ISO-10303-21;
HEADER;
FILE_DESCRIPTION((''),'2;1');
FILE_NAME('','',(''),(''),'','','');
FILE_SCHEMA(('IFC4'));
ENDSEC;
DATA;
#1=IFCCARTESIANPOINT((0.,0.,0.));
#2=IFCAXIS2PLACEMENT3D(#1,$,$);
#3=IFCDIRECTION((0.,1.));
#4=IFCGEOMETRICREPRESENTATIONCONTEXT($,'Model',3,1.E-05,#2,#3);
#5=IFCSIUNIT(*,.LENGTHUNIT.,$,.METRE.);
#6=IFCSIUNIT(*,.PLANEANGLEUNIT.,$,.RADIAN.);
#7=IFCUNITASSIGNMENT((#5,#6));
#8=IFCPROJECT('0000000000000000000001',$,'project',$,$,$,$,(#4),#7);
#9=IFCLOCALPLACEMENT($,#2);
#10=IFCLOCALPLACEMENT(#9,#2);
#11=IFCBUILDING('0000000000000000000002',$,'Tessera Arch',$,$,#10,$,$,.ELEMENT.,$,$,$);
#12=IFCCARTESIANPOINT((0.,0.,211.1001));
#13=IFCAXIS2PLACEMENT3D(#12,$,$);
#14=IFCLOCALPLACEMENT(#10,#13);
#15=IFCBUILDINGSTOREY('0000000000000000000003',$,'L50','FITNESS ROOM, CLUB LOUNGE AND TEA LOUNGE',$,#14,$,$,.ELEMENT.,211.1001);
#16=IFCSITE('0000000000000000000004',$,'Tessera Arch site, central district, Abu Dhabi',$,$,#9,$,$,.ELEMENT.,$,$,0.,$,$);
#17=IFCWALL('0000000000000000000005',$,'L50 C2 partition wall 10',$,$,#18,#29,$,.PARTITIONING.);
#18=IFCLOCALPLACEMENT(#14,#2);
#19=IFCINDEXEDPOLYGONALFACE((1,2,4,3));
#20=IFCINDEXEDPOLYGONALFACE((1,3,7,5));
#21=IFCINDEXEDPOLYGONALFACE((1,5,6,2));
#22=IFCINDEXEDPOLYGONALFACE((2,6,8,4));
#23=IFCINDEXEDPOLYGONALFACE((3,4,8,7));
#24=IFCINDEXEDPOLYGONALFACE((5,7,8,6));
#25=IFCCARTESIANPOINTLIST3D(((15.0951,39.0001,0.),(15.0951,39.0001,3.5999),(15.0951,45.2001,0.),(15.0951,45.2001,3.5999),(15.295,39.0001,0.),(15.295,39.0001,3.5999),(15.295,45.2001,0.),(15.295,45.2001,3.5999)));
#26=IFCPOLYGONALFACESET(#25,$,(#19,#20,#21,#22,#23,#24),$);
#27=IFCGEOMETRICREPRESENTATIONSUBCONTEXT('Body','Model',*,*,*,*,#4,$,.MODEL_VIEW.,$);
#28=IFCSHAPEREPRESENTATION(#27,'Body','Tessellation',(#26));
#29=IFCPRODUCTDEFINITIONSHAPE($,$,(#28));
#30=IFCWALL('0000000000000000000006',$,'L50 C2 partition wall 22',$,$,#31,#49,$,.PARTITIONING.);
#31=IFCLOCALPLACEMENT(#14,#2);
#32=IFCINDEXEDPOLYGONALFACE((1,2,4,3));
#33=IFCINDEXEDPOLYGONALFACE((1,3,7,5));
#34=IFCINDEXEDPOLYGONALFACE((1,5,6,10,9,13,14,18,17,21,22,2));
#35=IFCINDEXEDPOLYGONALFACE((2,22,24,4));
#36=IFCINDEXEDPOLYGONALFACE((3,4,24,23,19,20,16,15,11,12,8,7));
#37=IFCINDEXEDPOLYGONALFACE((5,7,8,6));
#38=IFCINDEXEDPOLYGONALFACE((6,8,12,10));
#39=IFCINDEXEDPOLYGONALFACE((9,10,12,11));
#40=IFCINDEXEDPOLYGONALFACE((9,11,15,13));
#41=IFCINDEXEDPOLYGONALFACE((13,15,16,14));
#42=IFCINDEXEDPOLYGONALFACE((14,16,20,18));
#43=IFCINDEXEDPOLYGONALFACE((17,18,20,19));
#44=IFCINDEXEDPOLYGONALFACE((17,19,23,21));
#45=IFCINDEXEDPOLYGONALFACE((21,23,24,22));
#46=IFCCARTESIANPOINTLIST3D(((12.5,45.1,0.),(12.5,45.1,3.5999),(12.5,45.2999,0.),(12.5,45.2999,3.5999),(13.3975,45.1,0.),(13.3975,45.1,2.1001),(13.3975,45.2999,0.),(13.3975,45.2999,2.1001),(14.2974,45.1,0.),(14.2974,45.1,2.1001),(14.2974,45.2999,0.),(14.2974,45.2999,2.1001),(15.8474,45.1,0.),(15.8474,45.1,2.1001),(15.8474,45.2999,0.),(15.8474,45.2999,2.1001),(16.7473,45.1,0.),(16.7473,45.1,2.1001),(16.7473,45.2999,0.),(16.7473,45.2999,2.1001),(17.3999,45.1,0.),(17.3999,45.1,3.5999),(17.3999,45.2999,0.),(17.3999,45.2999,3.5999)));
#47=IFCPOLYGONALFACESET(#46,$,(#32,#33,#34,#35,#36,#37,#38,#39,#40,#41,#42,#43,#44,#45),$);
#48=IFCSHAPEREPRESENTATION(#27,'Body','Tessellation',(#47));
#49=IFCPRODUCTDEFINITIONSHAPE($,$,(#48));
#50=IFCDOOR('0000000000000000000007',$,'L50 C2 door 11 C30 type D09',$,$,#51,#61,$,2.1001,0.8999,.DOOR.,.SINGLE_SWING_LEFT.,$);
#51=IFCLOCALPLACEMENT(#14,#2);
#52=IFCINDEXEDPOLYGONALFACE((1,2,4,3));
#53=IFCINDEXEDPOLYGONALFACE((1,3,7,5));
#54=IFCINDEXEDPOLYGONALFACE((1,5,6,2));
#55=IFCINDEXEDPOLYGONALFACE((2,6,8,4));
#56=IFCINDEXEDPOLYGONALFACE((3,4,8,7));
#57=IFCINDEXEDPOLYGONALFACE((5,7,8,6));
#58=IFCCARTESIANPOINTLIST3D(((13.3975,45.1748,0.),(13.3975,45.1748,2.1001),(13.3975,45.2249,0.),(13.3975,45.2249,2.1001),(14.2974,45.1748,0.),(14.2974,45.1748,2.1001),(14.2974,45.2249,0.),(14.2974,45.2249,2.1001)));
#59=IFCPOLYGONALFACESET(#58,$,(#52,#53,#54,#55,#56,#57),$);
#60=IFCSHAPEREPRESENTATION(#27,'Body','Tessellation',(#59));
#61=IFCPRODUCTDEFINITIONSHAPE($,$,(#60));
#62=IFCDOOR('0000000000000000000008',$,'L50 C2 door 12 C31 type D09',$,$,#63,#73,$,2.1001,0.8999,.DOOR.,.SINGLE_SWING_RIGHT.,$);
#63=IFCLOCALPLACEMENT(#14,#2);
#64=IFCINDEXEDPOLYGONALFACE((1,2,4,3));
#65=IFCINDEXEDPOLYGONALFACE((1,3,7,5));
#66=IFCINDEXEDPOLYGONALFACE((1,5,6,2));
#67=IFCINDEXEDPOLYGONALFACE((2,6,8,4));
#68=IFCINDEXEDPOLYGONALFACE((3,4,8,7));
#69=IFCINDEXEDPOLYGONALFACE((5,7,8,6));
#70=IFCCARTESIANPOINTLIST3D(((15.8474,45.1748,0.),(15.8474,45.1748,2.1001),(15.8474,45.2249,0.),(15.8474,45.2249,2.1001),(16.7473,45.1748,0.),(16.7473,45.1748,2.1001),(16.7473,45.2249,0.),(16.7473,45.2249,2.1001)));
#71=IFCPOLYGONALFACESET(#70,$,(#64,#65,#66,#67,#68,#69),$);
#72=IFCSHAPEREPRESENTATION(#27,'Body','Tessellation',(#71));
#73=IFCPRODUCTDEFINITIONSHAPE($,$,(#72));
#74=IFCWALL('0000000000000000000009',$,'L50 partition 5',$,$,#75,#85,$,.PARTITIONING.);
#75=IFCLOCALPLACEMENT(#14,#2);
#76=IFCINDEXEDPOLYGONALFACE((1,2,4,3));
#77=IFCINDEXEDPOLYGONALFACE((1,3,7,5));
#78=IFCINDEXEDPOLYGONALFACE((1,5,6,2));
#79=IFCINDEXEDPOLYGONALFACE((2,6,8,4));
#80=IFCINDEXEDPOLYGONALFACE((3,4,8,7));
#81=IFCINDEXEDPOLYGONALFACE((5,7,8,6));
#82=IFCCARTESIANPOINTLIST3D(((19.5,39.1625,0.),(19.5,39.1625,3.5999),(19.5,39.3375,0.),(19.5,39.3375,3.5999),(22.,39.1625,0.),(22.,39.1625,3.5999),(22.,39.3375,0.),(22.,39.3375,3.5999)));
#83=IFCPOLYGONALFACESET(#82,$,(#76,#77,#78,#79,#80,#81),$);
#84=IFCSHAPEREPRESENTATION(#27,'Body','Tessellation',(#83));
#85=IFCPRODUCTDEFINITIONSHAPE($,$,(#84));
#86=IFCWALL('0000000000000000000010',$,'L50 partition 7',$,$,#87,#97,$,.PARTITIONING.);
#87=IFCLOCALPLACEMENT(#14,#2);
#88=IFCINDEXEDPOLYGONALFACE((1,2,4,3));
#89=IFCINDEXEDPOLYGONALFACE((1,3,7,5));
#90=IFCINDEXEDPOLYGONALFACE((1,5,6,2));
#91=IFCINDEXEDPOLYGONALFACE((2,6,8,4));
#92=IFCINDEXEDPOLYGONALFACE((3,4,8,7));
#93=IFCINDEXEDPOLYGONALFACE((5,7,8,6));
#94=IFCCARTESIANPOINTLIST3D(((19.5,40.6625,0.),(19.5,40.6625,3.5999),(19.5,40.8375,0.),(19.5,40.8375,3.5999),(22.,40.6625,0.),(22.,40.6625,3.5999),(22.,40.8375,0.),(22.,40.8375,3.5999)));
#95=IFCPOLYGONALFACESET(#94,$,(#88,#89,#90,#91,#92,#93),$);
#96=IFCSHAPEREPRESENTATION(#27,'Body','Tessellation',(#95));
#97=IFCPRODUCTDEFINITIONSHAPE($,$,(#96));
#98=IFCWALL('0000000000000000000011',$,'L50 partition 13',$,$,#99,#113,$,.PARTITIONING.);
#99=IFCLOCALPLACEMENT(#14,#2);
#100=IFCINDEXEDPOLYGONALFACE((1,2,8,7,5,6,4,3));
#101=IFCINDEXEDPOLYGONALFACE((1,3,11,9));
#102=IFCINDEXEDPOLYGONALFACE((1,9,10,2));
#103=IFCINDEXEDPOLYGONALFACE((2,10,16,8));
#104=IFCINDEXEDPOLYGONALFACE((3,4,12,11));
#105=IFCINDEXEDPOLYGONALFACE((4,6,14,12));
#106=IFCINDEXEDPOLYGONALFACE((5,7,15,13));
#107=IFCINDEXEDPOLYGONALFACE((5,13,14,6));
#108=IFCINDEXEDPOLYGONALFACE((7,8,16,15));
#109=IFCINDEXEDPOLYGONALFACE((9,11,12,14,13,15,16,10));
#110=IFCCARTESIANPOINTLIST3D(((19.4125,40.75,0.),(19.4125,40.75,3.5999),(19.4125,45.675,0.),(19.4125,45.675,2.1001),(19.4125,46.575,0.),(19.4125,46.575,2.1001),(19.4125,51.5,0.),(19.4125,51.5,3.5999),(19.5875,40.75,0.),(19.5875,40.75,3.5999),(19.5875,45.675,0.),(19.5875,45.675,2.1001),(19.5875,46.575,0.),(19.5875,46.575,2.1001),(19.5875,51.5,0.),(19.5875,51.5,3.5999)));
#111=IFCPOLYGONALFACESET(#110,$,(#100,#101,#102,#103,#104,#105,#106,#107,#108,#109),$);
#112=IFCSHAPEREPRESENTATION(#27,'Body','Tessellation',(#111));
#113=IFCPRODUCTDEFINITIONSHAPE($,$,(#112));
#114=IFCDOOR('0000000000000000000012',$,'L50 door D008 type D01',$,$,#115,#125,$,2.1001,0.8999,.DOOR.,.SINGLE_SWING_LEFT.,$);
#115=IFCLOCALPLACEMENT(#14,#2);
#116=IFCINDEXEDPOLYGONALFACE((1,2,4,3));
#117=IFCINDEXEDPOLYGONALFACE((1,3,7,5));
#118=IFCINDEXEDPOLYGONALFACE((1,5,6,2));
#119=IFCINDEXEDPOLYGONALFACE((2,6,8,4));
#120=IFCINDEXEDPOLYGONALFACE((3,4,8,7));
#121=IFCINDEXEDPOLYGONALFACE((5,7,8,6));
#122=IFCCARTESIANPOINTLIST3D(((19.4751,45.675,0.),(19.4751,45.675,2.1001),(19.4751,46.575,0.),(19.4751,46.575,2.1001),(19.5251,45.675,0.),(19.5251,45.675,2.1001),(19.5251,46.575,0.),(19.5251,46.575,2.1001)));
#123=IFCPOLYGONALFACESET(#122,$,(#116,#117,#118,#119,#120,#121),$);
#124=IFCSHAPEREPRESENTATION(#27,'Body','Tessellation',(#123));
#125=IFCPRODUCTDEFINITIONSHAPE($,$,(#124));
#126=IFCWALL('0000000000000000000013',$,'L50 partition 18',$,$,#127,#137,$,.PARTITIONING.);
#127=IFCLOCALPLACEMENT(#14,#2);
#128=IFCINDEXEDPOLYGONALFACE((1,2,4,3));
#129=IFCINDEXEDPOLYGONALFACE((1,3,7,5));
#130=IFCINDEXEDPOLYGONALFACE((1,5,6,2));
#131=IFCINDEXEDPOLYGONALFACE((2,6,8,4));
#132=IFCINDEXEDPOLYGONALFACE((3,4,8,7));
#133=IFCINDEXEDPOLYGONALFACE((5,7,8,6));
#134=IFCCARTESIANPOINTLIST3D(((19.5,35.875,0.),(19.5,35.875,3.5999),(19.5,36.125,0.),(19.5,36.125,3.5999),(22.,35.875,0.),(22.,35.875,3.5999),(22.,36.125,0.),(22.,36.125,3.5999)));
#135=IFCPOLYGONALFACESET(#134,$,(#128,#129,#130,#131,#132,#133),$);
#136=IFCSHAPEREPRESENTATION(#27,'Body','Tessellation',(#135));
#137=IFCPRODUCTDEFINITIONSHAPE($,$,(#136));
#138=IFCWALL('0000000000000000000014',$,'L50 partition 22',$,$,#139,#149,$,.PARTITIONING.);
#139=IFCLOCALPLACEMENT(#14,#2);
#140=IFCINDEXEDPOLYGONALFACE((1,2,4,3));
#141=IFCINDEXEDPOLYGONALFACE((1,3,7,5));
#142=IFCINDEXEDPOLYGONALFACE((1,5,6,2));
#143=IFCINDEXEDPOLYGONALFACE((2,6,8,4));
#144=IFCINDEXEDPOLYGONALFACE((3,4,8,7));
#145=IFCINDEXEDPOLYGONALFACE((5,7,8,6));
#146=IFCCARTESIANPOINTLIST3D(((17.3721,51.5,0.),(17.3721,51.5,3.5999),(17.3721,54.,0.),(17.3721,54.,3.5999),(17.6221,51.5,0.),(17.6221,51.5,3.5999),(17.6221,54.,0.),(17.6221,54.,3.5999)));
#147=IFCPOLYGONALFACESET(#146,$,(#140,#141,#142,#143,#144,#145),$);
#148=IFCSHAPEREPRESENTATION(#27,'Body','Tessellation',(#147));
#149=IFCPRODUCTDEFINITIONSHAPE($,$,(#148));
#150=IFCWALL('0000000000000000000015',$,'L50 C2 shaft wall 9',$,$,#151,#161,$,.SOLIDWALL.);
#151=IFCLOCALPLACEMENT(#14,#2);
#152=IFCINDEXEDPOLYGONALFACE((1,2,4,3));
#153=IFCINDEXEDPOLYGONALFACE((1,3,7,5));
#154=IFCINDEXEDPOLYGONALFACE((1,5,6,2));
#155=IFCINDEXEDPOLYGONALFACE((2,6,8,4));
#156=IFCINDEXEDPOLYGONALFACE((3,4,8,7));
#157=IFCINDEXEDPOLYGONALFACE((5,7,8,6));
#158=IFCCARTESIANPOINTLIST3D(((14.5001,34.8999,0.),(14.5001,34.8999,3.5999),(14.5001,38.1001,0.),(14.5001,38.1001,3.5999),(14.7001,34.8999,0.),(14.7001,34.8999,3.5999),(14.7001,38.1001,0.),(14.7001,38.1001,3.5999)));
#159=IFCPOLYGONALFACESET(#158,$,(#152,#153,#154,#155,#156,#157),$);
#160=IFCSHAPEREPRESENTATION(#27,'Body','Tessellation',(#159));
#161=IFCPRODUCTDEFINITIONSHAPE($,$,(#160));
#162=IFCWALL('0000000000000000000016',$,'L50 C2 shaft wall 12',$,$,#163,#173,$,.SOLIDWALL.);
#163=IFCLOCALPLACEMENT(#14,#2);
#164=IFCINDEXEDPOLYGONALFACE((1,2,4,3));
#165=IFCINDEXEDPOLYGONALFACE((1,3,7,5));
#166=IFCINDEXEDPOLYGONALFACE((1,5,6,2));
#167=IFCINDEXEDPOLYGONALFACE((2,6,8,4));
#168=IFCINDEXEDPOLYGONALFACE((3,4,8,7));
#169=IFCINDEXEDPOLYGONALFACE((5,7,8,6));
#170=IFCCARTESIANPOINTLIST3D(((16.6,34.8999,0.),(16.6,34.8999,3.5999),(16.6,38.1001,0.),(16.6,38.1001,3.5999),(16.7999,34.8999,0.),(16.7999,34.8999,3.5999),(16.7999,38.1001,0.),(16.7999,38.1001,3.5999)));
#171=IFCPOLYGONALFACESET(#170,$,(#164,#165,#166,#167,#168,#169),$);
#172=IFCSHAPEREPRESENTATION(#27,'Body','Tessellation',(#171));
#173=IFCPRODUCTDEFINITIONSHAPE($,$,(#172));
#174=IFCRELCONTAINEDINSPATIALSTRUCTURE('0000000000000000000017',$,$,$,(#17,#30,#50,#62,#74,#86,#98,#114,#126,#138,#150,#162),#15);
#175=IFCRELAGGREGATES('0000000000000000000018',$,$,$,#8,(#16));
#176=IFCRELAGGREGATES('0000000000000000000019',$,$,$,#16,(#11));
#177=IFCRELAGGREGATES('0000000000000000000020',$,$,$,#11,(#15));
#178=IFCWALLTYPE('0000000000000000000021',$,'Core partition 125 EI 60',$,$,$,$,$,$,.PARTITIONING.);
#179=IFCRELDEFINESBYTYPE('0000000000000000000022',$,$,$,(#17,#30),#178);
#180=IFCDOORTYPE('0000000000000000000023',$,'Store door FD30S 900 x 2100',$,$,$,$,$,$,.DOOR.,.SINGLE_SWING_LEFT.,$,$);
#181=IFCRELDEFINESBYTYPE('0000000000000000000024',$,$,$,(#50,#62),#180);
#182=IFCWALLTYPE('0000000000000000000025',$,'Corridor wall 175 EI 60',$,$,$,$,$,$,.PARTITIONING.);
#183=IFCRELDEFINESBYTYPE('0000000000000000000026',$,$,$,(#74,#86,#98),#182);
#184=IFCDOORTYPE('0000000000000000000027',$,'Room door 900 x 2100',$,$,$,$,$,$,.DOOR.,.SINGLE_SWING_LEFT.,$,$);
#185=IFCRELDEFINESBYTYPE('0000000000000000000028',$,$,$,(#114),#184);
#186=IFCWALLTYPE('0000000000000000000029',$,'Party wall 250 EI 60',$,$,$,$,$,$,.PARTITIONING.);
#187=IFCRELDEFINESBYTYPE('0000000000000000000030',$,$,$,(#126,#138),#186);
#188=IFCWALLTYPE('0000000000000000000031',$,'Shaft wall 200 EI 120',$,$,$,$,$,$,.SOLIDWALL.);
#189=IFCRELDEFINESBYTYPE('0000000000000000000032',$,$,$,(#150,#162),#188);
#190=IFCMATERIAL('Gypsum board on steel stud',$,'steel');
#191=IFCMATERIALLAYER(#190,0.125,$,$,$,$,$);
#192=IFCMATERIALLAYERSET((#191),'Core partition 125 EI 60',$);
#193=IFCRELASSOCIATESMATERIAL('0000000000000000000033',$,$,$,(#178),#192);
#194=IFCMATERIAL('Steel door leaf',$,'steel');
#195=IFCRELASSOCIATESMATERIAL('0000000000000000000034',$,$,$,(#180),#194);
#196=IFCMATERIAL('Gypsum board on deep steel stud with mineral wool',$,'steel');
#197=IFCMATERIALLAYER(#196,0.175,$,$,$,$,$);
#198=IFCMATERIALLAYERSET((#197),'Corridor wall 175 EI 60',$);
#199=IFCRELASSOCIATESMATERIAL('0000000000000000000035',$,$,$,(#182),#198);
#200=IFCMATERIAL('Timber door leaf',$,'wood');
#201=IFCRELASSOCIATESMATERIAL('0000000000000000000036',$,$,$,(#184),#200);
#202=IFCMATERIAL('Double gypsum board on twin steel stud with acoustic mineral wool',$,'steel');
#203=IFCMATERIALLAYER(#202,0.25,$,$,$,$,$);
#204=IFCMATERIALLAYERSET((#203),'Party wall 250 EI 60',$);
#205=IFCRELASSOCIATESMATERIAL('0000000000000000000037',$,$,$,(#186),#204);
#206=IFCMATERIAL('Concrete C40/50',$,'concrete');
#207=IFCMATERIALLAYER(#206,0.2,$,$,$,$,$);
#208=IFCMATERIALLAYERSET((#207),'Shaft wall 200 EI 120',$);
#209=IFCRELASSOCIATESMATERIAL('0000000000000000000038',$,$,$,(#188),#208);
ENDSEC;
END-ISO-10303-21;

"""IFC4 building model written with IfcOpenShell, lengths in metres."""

from ifc_helpers import new_model, si_unit, direction, frame, frame_2d, origin, place, context, subcontext, project, spatial, rectangle, extrude, material, layer, layer_set, type_object, element, fill, save


model = new_model("IFC4")

# Units and contexts
model_context = context("Model", 3, precision=1e-05, world=origin(), true_north=direction((0.0, 1.0)))
body_context = subcontext(model_context, "Body", "Model", "MODEL_VIEW")
ifc_project = project(units=[si_unit("LENGTHUNIT", "METRE"), si_unit("PLANEANGLEUNIT", "RADIAN")], contexts=[model_context])

# Site, building, storey
site_placement = place(None, origin())
site = spatial("IfcSite", under=ifc_project, at=site_placement, Name="Tessera Arch site, central district, Abu Dhabi", CompositionType="ELEMENT", RefElevation=0.0)
building_placement = place(site_placement, origin())
building = spatial("IfcBuilding", under=site, at=building_placement, Name="Tessera Arch", CompositionType="ELEMENT")
storey_placement = place(building_placement, frame((0.0, 0.0, 211.1001)))
storey = spatial("IfcBuildingStorey", under=building, at=storey_placement, Name="L50", Description="FITNESS ROOM, CLUB LOUNGE AND TEA LOUNGE", CompositionType="ELEMENT", Elevation=211.1001)

# Wall
ifc_material_1 = material(Name="Gypsum board on steel stud", Category="steel")
ifc_layer_1 = layer(ifc_material_1, 0.125)
ifc_layer_set_1 = layer_set([ifc_layer_1], Name="Core partition 125 EI 60")
wall_type_1 = type_object("IfcWallType", Name="Core partition 125 EI 60", PredefinedType="PARTITIONING", material=ifc_layer_set_1)
wall_1_placement = place(storey_placement, frame((15.1951, 39.0, 0.0), z_axis=(0.0, 0.0, 1.0), x_axis=(0.0, 1.0, 0.0)))
element("IfcWall", 1, at=wall_1_placement, inside=storey, type_object=wall_type_1, Name="L50 C2 partition wall 10", PredefinedType="PARTITIONING", context=body_context, shape_type="SweptSolid", body=[
    extrude(rectangle(XDim=6.2, YDim=0.2, at=frame_2d((3.1001, 0.0))), origin(), (0.0, 0.0, 1.0), 3.5999),
])

# Wall, openings, doors
wall_2_placement = place(storey_placement, frame((12.5, 45.2, 0.0), z_axis=(0.0, 0.0, 1.0), x_axis=(1.0, 0.0, 0.0)))
wall_2 = element("IfcWall", 2, at=wall_2_placement, inside=storey, type_object=wall_type_1, Name="L50 C2 partition wall 22", PredefinedType="PARTITIONING", context=body_context, shape_type="SweptSolid", body=[
    extrude(rectangle(XDim=4.8999, YDim=0.2, at=frame_2d((2.45, 0.0))), origin(), (0.0, 0.0, 1.0), 3.5999),
])
opening_1_placement = place(wall_2_placement, frame((0.8975, 0.0, 0.0)))
opening_1 = element("IfcOpeningElement", 3, at=opening_1_placement, cuts=wall_2, PredefinedType="OPENING", context=body_context, shape_type="SweptSolid", body=[
    extrude(rectangle(XDim=0.8999, YDim=2.1001, at=frame_2d((0.45, 1.05))), frame((0.0, 0.1099, 0.0), z_axis=(0.0, -1.0, 0.0), x_axis=(1.0, 0.0, 0.0)), (0.0, 0.0, 1.0), 0.22),
])
opening_2_placement = place(wall_2_placement, frame((3.3474, 0.0, 0.0)))
opening_2 = element("IfcOpeningElement", 4, at=opening_2_placement, cuts=wall_2, PredefinedType="OPENING", context=body_context, shape_type="SweptSolid", body=[
    extrude(rectangle(XDim=0.8999, YDim=2.1001, at=frame_2d((0.45, 1.05))), frame((0.0, 0.1099, 0.0), z_axis=(0.0, -1.0, 0.0), x_axis=(1.0, 0.0, 0.0)), (0.0, 0.0, 1.0), 0.22),
])
ifc_material_2 = material(Name="Steel door leaf", Category="steel")
door_type_1 = type_object("IfcDoorType", Name="Store door FD30S 900 x 2100", OperationType="SINGLE_SWING_LEFT", PredefinedType="DOOR", material=ifc_material_2)
door_1_placement = place(opening_1_placement, origin())
door_1 = element("IfcDoor", 5, at=door_1_placement, inside=storey, type_object=door_type_1, Name="L50 C2 door 11 C30 type D09", OperationType="SINGLE_SWING_LEFT", OverallHeight=2.1001, OverallWidth=0.8999, PredefinedType="DOOR", context=body_context, shape_type="SweptSolid", body=[
    extrude(rectangle(XDim=0.8999, YDim=2.1001, at=frame_2d((0.45, 1.05))), frame((0.0, 0.0249, 0.0), z_axis=(0.0, -1.0, 0.0), x_axis=(1.0, 0.0, 0.0)), (0.0, 0.0, 1.0), 0.05),
])
fill(opening_1, door_1)
door_2_placement = place(opening_2_placement, origin())
door_2 = element("IfcDoor", 6, at=door_2_placement, inside=storey, type_object=door_type_1, Name="L50 C2 door 12 C31 type D09", OperationType="SINGLE_SWING_RIGHT", OverallHeight=2.1001, OverallWidth=0.8999, PredefinedType="DOOR", context=body_context, shape_type="SweptSolid", body=[
    extrude(rectangle(XDim=0.8999, YDim=2.1001, at=frame_2d((0.45, 1.05))), frame((0.0, 0.0249, 0.0), z_axis=(0.0, -1.0, 0.0), x_axis=(1.0, 0.0, 0.0)), (0.0, 0.0, 1.0), 0.05),
])
fill(opening_2, door_2)

# Walls
ifc_material_3 = material(Name="Gypsum board on deep steel stud with mineral wool", Category="steel")
ifc_layer_2 = layer(ifc_material_3, 0.175)
ifc_layer_set_2 = layer_set([ifc_layer_2], Name="Corridor wall 175 EI 60")
wall_type_2 = type_object("IfcWallType", Name="Corridor wall 175 EI 60", PredefinedType="PARTITIONING", material=ifc_layer_set_2)
for number, where, z_axis, x_axis, name in (
    (7, (19.5, 39.25, 0.0), (0.0, 0.0, 1.0), (1.0, 0.0, 0.0), "L50 partition 5"),
    (8, (19.5, 40.75, 0.0), (0.0, 0.0, 1.0), (1.0, 0.0, 0.0), "L50 partition 7"),
):
    element("IfcWall", number, at=place(storey_placement, frame(where, z_axis=z_axis, x_axis=x_axis)), inside=storey, type_object=wall_type_2, Name=name, PredefinedType="PARTITIONING", context=body_context, shape_type="SweptSolid", body=[
        extrude(rectangle(XDim=2.5, YDim=0.175, at=frame_2d((1.25, 0.0))), origin(), (0.0, 0.0, 1.0), 3.5999),
    ])

# Wall, opening, door
wall_3_placement = place(storey_placement, frame((19.5, 40.75, 0.0), z_axis=(0.0, 0.0, 1.0), x_axis=(0.0, 1.0, 0.0)))
wall_3 = element("IfcWall", 9, at=wall_3_placement, inside=storey, type_object=wall_type_2, Name="L50 partition 13", PredefinedType="PARTITIONING", context=body_context, shape_type="SweptSolid", body=[
    extrude(rectangle(XDim=10.75, YDim=0.175, at=frame_2d((5.375, 0.0))), origin(), (0.0, 0.0, 1.0), 3.5999),
])
opening_3_placement = place(wall_3_placement, frame((4.925, 0.0, 0.0)))
opening_3 = element("IfcOpeningElement", 10, at=opening_3_placement, cuts=wall_3, PredefinedType="OPENING", context=body_context, shape_type="SweptSolid", body=[
    extrude(rectangle(XDim=0.8999, YDim=2.1001, at=frame_2d((0.45, 1.05))), frame((0.0, 0.0974, 0.0), z_axis=(0.0, -1.0, 0.0), x_axis=(1.0, 0.0, 0.0)), (0.0, 0.0, 1.0), 0.1951),
])
ifc_material_4 = material(Name="Timber door leaf", Category="wood")
door_type_2 = type_object("IfcDoorType", Name="Room door 900 x 2100", OperationType="SINGLE_SWING_LEFT", PredefinedType="DOOR", material=ifc_material_4)
door_3_placement = place(opening_3_placement, origin())
door_3 = element("IfcDoor", 11, at=door_3_placement, inside=storey, type_object=door_type_2, Name="L50 door D008 type D01", OperationType="SINGLE_SWING_LEFT", OverallHeight=2.1001, OverallWidth=0.8999, PredefinedType="DOOR", context=body_context, shape_type="SweptSolid", body=[
    extrude(rectangle(XDim=0.8999, YDim=2.1001, at=frame_2d((0.45, 1.05))), frame((0.0, 0.0249, 0.0), z_axis=(0.0, -1.0, 0.0), x_axis=(1.0, 0.0, 0.0)), (0.0, 0.0, 1.0), 0.05),
])
fill(opening_3, door_3)

# Walls
ifc_material_5 = material(Name="Double gypsum board on twin steel stud with acoustic mineral wool", Category="steel")
ifc_layer_3 = layer(ifc_material_5, 0.25)
ifc_layer_set_3 = layer_set([ifc_layer_3], Name="Party wall 250 EI 60")
wall_type_3 = type_object("IfcWallType", Name="Party wall 250 EI 60", PredefinedType="PARTITIONING", material=ifc_layer_set_3)
for number, where, z_axis, x_axis, name in (
    (12, (19.5, 36.0, 0.0), (0.0, 0.0, 1.0), (1.0, 0.0, 0.0), "L50 partition 18"),
    (13, (17.4971, 51.5, 0.0), (0.0, 0.0, 1.0), (0.0, 1.0, 0.0), "L50 partition 22"),
):
    element("IfcWall", number, at=place(storey_placement, frame(where, z_axis=z_axis, x_axis=x_axis)), inside=storey, type_object=wall_type_3, Name=name, PredefinedType="PARTITIONING", context=body_context, shape_type="SweptSolid", body=[
        extrude(rectangle(XDim=2.5, YDim=0.25, at=frame_2d((1.25, 0.0))), origin(), (0.0, 0.0, 1.0), 3.5999),
    ])
ifc_material_6 = material(Name="Concrete C40/50", Category="concrete")
ifc_layer_4 = layer(ifc_material_6, 0.2)
ifc_layer_set_4 = layer_set([ifc_layer_4], Name="Shaft wall 200 EI 120")
wall_type_4 = type_object("IfcWallType", Name="Shaft wall 200 EI 120", PredefinedType="SOLIDWALL", material=ifc_layer_set_4)
for number, where, z_axis, x_axis, name in (
    (14, (14.6001, 34.8999, 0.0), (0.0, 0.0, 1.0), (0.0, 1.0, 0.0), "L50 C2 shaft wall 9"),
    (15, (16.7, 34.8999, 0.0), (0.0, 0.0, 1.0), (0.0, 1.0, 0.0), "L50 C2 shaft wall 12"),
):
    element("IfcWall", number, at=place(storey_placement, frame(where, z_axis=z_axis, x_axis=x_axis)), inside=storey, type_object=wall_type_4, Name=name, PredefinedType="SOLIDWALL", context=body_context, shape_type="SweptSolid", body=[
        extrude(rectangle(XDim=3.2002, YDim=0.2, at=frame_2d((1.6001, 0.0))), origin(), (0.0, 0.0, 1.0), 3.5999),
    ])

save(model, "model.ifc")
